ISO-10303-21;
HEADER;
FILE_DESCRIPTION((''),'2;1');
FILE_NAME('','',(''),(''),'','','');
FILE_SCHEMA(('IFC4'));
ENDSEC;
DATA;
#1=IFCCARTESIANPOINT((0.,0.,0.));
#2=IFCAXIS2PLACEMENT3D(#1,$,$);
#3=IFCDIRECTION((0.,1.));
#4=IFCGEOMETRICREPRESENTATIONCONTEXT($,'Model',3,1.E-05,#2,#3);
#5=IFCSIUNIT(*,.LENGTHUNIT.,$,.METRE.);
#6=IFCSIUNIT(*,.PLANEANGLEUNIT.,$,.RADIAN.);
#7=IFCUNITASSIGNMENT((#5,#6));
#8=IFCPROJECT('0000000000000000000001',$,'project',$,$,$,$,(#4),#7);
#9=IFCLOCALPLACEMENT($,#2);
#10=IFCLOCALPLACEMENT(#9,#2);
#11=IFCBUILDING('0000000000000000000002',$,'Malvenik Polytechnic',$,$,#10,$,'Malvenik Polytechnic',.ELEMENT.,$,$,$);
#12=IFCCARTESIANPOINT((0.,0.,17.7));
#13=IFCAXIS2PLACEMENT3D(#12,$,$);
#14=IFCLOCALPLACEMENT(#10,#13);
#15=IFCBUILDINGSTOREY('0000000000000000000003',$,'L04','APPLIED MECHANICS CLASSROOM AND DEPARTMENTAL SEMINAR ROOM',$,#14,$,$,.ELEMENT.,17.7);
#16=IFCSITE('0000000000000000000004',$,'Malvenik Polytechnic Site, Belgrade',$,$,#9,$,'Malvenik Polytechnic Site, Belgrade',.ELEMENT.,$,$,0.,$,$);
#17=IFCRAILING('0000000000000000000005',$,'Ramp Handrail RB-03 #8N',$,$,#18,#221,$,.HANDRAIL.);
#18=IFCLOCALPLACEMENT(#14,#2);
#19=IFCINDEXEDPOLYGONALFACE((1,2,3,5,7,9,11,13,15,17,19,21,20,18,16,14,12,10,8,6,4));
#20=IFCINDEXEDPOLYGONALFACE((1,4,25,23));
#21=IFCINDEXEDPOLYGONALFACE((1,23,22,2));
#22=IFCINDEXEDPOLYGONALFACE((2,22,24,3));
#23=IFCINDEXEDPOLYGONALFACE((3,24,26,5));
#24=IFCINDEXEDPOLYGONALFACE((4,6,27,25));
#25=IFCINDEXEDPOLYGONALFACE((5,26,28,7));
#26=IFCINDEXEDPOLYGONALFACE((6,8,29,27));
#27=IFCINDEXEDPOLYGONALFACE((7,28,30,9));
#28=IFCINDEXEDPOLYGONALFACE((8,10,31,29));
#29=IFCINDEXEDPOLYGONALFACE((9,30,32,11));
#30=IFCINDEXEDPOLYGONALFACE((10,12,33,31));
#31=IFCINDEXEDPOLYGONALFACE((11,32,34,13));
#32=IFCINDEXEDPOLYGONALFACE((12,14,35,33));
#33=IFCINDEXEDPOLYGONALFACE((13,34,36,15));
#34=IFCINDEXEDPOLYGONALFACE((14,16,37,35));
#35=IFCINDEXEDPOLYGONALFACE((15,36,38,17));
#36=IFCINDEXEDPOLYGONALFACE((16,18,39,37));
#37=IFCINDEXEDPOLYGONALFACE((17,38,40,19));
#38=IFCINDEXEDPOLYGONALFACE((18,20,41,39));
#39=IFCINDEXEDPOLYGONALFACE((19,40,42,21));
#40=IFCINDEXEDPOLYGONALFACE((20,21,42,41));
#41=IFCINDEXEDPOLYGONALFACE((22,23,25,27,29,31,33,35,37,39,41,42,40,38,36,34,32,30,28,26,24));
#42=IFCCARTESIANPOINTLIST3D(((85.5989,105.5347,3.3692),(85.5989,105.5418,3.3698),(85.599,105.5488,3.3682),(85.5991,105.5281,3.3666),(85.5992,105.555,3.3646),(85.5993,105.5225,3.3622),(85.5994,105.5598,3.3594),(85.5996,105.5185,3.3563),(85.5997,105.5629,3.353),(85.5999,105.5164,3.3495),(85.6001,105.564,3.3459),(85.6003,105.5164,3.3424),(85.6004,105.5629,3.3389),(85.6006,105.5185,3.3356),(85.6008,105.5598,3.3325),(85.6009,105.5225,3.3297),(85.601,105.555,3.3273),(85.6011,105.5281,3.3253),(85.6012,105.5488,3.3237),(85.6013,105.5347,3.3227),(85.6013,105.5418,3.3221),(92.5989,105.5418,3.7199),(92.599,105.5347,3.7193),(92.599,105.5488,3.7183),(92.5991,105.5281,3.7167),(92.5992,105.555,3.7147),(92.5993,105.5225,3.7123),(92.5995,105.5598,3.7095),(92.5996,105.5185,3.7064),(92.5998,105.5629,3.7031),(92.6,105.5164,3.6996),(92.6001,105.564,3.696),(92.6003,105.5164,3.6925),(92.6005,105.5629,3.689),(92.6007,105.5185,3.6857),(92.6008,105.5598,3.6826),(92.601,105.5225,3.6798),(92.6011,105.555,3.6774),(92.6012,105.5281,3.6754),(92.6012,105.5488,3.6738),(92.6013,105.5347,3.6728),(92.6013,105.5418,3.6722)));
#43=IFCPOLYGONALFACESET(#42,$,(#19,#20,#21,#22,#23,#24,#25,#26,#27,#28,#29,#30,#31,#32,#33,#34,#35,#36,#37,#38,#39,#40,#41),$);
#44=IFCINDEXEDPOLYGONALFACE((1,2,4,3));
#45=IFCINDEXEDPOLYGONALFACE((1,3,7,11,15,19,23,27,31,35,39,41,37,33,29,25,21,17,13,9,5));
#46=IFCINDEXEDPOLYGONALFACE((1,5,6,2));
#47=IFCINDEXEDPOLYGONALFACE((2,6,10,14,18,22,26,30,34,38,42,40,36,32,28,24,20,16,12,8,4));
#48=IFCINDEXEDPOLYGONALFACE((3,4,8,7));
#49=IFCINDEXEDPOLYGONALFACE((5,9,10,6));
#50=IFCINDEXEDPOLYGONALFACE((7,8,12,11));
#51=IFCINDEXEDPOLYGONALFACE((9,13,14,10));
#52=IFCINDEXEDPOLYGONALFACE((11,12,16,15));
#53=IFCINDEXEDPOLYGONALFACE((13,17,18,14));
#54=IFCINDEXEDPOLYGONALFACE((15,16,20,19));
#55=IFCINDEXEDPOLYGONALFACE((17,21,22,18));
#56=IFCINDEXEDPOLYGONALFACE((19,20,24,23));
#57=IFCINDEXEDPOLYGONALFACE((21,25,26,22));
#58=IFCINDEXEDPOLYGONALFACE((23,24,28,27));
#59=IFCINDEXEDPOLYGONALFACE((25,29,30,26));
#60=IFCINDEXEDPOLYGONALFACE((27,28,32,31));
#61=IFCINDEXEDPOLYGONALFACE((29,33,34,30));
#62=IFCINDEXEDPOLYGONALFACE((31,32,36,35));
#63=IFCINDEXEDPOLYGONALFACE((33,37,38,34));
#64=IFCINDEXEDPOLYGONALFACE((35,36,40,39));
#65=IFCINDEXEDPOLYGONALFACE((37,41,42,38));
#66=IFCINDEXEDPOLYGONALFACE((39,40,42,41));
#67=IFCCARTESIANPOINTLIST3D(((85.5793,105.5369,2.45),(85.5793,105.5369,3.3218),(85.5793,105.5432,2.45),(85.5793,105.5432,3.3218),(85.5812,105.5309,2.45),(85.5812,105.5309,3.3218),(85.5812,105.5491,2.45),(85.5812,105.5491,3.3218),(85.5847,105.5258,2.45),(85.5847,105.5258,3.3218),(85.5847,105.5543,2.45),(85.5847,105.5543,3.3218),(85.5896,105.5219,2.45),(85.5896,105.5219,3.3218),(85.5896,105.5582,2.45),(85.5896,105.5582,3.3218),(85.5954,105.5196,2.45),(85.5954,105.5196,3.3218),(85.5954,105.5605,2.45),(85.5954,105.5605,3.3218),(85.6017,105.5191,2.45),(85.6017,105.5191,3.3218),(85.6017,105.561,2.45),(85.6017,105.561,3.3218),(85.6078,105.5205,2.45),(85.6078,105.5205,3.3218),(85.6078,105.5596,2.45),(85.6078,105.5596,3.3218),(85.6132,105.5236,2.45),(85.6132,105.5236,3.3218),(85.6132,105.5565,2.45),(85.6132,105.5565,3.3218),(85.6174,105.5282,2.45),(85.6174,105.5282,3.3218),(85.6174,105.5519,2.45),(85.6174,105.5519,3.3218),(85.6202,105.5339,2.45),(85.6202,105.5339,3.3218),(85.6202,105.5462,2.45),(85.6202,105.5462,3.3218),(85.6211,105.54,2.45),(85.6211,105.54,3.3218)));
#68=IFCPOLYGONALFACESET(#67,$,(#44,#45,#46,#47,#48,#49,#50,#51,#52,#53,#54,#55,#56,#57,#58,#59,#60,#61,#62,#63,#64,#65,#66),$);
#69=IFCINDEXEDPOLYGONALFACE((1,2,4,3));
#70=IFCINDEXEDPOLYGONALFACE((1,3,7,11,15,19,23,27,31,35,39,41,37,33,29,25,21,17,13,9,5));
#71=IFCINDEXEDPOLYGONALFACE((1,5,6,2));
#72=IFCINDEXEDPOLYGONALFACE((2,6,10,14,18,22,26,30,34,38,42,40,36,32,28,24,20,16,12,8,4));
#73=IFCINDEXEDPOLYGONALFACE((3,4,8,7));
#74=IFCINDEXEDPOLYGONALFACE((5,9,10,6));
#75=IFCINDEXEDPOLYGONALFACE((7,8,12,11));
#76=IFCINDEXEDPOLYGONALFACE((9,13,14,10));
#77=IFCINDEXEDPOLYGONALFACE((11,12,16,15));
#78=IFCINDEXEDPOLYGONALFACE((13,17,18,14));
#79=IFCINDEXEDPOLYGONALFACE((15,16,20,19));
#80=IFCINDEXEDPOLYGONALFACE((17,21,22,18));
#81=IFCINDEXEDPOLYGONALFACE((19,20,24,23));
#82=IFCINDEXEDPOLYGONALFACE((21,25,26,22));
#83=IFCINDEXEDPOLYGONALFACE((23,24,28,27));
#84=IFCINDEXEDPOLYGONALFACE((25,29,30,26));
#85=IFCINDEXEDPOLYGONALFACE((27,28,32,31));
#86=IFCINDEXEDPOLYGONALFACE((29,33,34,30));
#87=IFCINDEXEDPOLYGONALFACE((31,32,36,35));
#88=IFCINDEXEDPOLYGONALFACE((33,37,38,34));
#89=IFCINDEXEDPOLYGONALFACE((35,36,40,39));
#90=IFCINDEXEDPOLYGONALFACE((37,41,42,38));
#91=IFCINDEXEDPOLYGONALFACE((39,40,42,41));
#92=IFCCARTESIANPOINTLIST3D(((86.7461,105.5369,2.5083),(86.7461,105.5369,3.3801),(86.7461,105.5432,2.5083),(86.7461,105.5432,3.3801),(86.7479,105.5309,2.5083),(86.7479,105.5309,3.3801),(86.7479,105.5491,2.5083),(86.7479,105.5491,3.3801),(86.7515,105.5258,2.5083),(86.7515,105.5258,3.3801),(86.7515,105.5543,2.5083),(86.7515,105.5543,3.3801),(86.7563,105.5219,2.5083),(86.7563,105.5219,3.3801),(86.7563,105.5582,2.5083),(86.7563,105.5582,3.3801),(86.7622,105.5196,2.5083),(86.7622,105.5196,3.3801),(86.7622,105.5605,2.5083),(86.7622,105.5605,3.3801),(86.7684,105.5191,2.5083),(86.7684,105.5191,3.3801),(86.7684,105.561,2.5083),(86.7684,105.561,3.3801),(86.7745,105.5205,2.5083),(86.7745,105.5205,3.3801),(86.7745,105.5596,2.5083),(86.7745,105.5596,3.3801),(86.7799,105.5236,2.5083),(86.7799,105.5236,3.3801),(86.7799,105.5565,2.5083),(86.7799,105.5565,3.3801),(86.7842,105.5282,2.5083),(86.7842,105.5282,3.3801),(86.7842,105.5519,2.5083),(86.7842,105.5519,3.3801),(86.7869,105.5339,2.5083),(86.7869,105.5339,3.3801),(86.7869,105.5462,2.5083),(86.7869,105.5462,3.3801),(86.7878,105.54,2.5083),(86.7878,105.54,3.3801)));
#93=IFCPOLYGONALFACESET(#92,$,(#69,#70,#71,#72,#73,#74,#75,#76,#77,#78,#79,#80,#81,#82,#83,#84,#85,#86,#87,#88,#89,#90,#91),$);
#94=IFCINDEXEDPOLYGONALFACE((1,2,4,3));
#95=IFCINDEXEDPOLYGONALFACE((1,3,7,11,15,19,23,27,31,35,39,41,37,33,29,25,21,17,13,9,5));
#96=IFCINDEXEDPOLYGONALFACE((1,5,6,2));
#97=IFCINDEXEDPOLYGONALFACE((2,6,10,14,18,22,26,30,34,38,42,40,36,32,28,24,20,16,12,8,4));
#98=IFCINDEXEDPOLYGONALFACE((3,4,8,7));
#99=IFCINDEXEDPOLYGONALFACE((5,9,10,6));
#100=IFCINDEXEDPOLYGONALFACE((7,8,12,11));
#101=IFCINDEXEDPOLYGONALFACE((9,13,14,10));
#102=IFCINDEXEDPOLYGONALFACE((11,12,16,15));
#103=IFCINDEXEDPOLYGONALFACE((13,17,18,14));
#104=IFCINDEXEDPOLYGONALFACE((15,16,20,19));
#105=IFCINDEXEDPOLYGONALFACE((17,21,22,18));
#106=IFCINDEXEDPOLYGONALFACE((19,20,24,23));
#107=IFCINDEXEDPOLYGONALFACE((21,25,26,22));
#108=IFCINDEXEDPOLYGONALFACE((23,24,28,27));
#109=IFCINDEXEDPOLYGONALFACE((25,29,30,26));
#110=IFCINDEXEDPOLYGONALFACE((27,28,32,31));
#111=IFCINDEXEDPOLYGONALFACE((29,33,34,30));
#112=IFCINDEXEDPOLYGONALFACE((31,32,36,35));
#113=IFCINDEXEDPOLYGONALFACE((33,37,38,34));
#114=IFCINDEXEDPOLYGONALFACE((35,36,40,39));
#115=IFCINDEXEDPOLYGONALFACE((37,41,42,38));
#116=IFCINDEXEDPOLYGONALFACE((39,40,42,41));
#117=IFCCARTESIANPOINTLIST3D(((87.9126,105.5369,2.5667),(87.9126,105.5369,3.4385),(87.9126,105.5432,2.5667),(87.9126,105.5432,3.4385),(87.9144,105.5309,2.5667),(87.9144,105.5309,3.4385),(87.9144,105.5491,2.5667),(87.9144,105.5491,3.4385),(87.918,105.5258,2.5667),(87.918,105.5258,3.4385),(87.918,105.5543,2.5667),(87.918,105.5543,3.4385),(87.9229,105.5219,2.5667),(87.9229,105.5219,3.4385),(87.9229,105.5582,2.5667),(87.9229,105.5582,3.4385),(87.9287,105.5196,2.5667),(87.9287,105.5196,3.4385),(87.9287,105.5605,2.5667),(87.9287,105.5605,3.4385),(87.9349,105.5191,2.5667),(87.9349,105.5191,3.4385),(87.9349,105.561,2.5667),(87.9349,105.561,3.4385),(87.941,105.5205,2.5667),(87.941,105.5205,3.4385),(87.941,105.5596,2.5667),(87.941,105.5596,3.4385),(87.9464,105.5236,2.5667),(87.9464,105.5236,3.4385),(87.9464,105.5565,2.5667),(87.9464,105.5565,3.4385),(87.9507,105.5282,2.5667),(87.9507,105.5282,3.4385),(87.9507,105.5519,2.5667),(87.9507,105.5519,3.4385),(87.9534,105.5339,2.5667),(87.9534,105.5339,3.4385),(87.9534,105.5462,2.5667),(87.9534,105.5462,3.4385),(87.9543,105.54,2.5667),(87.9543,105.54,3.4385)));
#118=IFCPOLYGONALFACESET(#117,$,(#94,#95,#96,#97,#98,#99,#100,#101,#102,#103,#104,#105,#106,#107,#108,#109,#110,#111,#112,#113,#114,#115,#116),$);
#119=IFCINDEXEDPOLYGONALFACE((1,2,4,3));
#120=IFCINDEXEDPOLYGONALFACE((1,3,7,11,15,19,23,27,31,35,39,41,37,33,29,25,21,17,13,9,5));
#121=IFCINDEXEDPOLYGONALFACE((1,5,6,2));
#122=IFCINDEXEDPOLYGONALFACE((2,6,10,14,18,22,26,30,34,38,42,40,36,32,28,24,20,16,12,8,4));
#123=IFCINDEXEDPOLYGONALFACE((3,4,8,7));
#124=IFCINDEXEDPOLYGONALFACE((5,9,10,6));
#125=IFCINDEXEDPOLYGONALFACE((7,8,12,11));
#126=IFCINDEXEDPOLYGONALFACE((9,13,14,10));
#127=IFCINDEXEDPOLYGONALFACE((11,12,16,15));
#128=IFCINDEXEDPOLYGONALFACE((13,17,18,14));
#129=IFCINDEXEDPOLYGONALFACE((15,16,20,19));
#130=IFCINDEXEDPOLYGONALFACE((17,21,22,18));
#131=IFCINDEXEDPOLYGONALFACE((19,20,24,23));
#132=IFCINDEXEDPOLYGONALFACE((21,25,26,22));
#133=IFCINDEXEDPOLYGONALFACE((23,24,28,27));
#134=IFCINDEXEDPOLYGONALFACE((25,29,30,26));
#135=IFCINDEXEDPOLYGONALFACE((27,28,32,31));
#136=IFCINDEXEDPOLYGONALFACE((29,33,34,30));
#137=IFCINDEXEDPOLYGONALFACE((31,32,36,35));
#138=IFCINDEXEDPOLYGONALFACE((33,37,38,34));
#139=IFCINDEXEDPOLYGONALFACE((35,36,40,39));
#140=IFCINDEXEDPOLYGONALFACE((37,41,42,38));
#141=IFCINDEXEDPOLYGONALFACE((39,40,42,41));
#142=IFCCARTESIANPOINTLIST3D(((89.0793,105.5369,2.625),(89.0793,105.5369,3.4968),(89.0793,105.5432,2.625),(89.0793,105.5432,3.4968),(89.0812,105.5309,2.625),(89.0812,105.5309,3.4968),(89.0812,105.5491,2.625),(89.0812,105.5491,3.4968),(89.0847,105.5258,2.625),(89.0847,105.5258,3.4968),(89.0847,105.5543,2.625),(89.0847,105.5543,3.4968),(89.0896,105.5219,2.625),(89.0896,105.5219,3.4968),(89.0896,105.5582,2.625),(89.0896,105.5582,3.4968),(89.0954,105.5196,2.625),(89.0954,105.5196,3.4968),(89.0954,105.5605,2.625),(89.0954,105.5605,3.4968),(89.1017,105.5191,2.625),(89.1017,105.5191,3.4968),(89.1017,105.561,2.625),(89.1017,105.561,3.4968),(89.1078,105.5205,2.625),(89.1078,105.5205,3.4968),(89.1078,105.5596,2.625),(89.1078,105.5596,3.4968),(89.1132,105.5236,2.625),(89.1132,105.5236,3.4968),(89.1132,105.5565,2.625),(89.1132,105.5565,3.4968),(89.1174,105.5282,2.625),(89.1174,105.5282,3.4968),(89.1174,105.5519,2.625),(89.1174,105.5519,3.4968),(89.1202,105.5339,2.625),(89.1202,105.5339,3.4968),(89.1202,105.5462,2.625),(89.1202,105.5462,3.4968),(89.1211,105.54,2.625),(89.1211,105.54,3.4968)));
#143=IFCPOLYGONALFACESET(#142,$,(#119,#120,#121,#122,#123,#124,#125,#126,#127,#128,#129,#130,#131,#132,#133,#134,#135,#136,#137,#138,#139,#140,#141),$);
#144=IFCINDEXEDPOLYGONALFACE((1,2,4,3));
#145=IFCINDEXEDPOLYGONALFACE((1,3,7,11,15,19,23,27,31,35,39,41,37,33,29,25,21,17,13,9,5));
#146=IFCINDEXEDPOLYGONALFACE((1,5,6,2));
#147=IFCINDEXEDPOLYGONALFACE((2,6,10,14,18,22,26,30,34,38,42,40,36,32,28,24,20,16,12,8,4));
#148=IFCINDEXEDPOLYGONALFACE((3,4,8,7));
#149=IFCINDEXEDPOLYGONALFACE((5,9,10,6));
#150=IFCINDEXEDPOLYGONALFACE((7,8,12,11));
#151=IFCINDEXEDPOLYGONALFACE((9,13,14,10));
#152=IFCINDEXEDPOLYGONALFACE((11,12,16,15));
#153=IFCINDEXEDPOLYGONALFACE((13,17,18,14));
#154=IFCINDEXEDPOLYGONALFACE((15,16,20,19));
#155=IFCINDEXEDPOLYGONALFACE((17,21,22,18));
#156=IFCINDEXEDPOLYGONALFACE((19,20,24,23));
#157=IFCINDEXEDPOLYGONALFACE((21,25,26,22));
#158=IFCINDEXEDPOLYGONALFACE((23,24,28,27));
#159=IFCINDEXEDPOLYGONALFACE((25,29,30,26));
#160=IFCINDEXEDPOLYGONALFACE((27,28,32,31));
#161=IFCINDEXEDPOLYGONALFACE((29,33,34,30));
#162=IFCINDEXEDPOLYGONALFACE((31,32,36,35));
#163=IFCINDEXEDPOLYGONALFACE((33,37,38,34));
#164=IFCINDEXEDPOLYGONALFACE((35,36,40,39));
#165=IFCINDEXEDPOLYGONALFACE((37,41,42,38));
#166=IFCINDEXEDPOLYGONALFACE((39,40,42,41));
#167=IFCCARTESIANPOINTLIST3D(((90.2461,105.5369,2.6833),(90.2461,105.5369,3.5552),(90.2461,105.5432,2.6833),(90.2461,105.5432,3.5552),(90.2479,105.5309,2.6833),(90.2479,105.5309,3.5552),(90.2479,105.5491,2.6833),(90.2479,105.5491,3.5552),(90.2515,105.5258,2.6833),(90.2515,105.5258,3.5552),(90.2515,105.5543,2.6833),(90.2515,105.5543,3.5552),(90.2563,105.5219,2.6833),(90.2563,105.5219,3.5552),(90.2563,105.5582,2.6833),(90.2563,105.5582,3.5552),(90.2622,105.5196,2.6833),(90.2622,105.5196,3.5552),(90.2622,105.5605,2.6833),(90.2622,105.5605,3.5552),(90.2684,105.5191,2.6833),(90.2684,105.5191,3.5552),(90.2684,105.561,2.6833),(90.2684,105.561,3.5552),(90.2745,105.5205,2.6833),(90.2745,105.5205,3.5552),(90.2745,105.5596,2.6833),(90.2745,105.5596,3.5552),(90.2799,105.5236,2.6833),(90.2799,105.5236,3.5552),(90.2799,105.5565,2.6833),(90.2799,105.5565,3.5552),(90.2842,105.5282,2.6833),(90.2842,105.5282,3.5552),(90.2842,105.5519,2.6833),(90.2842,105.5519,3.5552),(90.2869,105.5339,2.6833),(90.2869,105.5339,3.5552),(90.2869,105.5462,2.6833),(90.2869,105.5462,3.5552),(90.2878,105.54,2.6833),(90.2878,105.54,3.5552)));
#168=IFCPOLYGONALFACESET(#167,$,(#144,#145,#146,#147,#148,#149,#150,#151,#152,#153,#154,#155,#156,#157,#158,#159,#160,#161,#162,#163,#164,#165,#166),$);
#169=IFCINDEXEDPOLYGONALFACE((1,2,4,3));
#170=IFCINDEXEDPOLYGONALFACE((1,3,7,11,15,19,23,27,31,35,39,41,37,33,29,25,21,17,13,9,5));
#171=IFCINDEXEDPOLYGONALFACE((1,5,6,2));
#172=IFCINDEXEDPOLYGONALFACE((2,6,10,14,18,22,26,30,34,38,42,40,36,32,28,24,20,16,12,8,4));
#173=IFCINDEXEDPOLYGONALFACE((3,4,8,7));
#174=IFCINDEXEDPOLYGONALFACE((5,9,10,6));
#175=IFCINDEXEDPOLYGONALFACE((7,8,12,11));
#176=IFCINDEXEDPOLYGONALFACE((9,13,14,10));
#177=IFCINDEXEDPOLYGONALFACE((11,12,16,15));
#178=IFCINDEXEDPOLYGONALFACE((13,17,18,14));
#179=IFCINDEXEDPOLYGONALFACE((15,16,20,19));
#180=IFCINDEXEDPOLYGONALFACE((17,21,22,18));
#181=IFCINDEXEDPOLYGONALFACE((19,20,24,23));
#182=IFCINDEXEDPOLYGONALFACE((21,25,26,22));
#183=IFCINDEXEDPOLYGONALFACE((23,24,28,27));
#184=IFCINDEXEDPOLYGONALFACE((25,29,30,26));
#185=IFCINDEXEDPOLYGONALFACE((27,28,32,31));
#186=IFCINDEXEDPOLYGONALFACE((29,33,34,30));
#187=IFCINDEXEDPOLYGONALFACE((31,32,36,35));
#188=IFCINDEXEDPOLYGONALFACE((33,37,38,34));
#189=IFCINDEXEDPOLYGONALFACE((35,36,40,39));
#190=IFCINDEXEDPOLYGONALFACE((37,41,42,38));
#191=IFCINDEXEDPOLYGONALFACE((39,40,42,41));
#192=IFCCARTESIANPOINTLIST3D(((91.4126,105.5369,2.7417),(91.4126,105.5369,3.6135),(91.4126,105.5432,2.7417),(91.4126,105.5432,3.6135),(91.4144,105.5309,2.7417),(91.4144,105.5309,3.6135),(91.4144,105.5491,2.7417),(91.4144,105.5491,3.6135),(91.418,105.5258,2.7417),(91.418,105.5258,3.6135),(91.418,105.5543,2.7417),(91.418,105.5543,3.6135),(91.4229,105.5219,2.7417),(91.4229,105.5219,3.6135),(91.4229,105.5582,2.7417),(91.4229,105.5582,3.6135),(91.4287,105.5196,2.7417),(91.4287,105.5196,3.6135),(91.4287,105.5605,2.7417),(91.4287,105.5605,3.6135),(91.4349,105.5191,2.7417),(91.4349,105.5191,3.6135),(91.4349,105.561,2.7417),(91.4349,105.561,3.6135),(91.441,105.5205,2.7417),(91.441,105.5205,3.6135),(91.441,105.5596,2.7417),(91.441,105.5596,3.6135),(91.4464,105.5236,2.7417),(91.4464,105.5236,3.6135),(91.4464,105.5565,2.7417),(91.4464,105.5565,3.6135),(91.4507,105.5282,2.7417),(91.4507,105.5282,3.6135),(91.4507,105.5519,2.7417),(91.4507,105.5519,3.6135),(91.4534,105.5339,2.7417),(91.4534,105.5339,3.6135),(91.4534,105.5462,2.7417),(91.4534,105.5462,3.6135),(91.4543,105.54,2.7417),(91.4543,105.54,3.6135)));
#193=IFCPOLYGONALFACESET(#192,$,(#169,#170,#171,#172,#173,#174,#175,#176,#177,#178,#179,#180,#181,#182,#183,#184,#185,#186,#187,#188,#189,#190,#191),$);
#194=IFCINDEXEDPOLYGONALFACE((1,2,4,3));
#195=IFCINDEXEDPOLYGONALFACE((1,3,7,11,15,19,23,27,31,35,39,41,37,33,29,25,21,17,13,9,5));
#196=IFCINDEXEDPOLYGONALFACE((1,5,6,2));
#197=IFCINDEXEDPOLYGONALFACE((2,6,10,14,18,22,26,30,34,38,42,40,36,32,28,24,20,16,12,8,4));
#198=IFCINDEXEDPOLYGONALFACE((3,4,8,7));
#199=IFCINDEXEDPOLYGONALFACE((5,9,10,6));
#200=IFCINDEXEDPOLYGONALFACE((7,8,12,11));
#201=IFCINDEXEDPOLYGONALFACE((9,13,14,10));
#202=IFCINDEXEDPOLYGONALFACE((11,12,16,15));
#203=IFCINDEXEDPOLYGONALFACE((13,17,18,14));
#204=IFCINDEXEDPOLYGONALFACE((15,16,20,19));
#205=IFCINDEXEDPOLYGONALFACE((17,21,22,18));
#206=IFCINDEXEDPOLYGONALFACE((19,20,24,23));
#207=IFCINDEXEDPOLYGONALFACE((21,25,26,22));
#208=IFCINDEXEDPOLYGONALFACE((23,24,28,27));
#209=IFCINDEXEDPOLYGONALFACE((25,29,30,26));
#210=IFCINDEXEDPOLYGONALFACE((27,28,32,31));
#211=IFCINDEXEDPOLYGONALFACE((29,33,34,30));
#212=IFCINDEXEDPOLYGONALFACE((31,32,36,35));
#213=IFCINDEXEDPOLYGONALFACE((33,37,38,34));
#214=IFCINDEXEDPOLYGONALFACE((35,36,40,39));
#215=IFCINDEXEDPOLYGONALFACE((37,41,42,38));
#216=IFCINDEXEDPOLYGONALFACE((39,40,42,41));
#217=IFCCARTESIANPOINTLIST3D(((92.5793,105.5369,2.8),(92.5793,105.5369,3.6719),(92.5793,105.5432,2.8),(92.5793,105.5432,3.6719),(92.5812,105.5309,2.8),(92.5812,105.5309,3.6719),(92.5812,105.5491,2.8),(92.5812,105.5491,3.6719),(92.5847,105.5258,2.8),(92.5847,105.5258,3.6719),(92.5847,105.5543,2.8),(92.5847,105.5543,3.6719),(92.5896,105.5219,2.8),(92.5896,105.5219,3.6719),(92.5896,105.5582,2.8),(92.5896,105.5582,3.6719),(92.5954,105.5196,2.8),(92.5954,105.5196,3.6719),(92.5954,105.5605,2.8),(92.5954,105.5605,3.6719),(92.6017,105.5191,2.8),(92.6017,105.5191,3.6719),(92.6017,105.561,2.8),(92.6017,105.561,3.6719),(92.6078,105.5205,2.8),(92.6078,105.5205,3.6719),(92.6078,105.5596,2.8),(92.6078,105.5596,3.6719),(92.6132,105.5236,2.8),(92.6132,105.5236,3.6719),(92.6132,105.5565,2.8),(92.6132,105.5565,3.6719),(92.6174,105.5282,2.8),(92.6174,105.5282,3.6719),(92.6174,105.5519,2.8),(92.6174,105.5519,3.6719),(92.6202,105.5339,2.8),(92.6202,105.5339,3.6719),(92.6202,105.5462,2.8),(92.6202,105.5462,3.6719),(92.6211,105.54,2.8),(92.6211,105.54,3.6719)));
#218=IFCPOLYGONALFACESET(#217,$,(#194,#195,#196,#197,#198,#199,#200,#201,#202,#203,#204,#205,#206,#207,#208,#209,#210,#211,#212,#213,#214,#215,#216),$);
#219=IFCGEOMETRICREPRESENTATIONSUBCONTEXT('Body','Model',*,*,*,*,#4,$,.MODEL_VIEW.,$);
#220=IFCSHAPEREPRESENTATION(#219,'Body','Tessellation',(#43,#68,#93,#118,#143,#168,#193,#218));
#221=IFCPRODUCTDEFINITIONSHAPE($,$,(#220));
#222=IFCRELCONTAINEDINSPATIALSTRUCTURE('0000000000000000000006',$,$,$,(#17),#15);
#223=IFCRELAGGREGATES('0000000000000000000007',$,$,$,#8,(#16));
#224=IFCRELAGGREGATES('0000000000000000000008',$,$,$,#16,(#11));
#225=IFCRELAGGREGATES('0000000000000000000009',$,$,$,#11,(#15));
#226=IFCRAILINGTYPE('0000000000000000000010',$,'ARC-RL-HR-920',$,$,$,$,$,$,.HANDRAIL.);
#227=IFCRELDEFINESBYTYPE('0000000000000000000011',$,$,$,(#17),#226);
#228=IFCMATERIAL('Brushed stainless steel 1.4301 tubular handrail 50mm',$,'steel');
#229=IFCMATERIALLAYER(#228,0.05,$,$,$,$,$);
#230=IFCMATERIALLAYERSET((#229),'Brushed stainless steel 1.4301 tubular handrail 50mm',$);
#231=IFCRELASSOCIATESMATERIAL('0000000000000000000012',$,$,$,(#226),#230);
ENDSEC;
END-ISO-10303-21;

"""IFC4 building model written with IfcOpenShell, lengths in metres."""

from ifc_helpers import new_model, si_unit, direction, frame, origin, origin_2d, place, context, subcontext, project, spatial, circle, extrude, material, layer, layer_set, type_object, element, save


model = new_model("IFC4")

# Units and contexts
model_context = context("Model", 3, precision=1e-05, world=origin(), true_north=direction((0.0, 1.0)))
body_context = subcontext(model_context, "Body", "Model", "MODEL_VIEW")
ifc_project = project(units=[si_unit("LENGTHUNIT", "METRE"), si_unit("PLANEANGLEUNIT", "RADIAN")], contexts=[model_context])

# Site, building, storey
site_placement = place(None, origin())
site = spatial("IfcSite", under=ifc_project, at=site_placement, Name="Malvenik Polytechnic Site, Belgrade", LongName="Malvenik Polytechnic Site, Belgrade", CompositionType="ELEMENT", RefElevation=0.0)
building_placement = place(site_placement, origin())
building = spatial("IfcBuilding", under=site, at=building_placement, Name="Malvenik Polytechnic", LongName="Malvenik Polytechnic", CompositionType="ELEMENT")
storey_placement = place(building_placement, frame((0.0, 0.0, 17.7)))
storey = spatial("IfcBuildingStorey", under=building, at=storey_placement, Name="L04", Description="APPLIED MECHANICS CLASSROOM AND DEPARTMENTAL SEMINAR ROOM", CompositionType="ELEMENT", Elevation=17.7)

# Railing
ifc_material_1 = material(Name="Brushed stainless steel 1.4301 tubular handrail 50mm", Category="steel")
ifc_layer_1 = layer(ifc_material_1, 0.05)
ifc_layer_set_1 = layer_set([ifc_layer_1], Name="Brushed stainless steel 1.4301 tubular handrail 50mm")
railing_type_1 = type_object("IfcRailingType", Name="ARC-RL-HR-920", PredefinedType="HANDRAIL", material=ifc_layer_set_1)
railing_1_placement = place(storey_placement, frame((85.6001, 105.54, 2.45)))
element("IfcRailing", 1, at=railing_1_placement, inside=storey, type_object=railing_type_1, Name="Ramp Handrail RB-03 #8N", PredefinedType="HANDRAIL", context=body_context, shape_type="SweptSolid", body=[
    extrude(circle(Radius=0.0239, at=origin_2d()), frame((0.0, 0.0, 0.896), z_axis=(0.998752, 0.0, 0.049952), x_axis=(0.0, 1.0, 0.0)), (0.0, 0.0, 1.0), 7.0088),
    extrude(circle(Radius=0.021, at=origin_2d()), origin(), (0.0, 0.0, 1.0), 0.8718),
    extrude(circle(Radius=0.021, at=origin_2d()), frame((1.1667, 0.0, 0.0583)), (0.0, 0.0, 1.0), 0.8718),
    extrude(circle(Radius=0.021, at=origin_2d()), frame((2.3333, 0.0, 0.1167)), (0.0, 0.0, 1.0), 0.8718),
    extrude(circle(Radius=0.021, at=origin_2d()), frame((3.5, 0.0, 0.175)), (0.0, 0.0, 1.0), 0.8718),
    extrude(circle(Radius=0.021, at=origin_2d()), frame((4.6667, 0.0, 0.2334)), (0.0, 0.0, 1.0), 0.8718),
    extrude(circle(Radius=0.021, at=origin_2d()), frame((5.8333, 0.0, 0.2917)), (0.0, 0.0, 1.0), 0.8718),
    extrude(circle(Radius=0.021, at=origin_2d()), frame((7.0, 0.0, 0.3501)), (0.0, 0.0, 1.0), 0.8718),
])

save(model, "model.ifc")
